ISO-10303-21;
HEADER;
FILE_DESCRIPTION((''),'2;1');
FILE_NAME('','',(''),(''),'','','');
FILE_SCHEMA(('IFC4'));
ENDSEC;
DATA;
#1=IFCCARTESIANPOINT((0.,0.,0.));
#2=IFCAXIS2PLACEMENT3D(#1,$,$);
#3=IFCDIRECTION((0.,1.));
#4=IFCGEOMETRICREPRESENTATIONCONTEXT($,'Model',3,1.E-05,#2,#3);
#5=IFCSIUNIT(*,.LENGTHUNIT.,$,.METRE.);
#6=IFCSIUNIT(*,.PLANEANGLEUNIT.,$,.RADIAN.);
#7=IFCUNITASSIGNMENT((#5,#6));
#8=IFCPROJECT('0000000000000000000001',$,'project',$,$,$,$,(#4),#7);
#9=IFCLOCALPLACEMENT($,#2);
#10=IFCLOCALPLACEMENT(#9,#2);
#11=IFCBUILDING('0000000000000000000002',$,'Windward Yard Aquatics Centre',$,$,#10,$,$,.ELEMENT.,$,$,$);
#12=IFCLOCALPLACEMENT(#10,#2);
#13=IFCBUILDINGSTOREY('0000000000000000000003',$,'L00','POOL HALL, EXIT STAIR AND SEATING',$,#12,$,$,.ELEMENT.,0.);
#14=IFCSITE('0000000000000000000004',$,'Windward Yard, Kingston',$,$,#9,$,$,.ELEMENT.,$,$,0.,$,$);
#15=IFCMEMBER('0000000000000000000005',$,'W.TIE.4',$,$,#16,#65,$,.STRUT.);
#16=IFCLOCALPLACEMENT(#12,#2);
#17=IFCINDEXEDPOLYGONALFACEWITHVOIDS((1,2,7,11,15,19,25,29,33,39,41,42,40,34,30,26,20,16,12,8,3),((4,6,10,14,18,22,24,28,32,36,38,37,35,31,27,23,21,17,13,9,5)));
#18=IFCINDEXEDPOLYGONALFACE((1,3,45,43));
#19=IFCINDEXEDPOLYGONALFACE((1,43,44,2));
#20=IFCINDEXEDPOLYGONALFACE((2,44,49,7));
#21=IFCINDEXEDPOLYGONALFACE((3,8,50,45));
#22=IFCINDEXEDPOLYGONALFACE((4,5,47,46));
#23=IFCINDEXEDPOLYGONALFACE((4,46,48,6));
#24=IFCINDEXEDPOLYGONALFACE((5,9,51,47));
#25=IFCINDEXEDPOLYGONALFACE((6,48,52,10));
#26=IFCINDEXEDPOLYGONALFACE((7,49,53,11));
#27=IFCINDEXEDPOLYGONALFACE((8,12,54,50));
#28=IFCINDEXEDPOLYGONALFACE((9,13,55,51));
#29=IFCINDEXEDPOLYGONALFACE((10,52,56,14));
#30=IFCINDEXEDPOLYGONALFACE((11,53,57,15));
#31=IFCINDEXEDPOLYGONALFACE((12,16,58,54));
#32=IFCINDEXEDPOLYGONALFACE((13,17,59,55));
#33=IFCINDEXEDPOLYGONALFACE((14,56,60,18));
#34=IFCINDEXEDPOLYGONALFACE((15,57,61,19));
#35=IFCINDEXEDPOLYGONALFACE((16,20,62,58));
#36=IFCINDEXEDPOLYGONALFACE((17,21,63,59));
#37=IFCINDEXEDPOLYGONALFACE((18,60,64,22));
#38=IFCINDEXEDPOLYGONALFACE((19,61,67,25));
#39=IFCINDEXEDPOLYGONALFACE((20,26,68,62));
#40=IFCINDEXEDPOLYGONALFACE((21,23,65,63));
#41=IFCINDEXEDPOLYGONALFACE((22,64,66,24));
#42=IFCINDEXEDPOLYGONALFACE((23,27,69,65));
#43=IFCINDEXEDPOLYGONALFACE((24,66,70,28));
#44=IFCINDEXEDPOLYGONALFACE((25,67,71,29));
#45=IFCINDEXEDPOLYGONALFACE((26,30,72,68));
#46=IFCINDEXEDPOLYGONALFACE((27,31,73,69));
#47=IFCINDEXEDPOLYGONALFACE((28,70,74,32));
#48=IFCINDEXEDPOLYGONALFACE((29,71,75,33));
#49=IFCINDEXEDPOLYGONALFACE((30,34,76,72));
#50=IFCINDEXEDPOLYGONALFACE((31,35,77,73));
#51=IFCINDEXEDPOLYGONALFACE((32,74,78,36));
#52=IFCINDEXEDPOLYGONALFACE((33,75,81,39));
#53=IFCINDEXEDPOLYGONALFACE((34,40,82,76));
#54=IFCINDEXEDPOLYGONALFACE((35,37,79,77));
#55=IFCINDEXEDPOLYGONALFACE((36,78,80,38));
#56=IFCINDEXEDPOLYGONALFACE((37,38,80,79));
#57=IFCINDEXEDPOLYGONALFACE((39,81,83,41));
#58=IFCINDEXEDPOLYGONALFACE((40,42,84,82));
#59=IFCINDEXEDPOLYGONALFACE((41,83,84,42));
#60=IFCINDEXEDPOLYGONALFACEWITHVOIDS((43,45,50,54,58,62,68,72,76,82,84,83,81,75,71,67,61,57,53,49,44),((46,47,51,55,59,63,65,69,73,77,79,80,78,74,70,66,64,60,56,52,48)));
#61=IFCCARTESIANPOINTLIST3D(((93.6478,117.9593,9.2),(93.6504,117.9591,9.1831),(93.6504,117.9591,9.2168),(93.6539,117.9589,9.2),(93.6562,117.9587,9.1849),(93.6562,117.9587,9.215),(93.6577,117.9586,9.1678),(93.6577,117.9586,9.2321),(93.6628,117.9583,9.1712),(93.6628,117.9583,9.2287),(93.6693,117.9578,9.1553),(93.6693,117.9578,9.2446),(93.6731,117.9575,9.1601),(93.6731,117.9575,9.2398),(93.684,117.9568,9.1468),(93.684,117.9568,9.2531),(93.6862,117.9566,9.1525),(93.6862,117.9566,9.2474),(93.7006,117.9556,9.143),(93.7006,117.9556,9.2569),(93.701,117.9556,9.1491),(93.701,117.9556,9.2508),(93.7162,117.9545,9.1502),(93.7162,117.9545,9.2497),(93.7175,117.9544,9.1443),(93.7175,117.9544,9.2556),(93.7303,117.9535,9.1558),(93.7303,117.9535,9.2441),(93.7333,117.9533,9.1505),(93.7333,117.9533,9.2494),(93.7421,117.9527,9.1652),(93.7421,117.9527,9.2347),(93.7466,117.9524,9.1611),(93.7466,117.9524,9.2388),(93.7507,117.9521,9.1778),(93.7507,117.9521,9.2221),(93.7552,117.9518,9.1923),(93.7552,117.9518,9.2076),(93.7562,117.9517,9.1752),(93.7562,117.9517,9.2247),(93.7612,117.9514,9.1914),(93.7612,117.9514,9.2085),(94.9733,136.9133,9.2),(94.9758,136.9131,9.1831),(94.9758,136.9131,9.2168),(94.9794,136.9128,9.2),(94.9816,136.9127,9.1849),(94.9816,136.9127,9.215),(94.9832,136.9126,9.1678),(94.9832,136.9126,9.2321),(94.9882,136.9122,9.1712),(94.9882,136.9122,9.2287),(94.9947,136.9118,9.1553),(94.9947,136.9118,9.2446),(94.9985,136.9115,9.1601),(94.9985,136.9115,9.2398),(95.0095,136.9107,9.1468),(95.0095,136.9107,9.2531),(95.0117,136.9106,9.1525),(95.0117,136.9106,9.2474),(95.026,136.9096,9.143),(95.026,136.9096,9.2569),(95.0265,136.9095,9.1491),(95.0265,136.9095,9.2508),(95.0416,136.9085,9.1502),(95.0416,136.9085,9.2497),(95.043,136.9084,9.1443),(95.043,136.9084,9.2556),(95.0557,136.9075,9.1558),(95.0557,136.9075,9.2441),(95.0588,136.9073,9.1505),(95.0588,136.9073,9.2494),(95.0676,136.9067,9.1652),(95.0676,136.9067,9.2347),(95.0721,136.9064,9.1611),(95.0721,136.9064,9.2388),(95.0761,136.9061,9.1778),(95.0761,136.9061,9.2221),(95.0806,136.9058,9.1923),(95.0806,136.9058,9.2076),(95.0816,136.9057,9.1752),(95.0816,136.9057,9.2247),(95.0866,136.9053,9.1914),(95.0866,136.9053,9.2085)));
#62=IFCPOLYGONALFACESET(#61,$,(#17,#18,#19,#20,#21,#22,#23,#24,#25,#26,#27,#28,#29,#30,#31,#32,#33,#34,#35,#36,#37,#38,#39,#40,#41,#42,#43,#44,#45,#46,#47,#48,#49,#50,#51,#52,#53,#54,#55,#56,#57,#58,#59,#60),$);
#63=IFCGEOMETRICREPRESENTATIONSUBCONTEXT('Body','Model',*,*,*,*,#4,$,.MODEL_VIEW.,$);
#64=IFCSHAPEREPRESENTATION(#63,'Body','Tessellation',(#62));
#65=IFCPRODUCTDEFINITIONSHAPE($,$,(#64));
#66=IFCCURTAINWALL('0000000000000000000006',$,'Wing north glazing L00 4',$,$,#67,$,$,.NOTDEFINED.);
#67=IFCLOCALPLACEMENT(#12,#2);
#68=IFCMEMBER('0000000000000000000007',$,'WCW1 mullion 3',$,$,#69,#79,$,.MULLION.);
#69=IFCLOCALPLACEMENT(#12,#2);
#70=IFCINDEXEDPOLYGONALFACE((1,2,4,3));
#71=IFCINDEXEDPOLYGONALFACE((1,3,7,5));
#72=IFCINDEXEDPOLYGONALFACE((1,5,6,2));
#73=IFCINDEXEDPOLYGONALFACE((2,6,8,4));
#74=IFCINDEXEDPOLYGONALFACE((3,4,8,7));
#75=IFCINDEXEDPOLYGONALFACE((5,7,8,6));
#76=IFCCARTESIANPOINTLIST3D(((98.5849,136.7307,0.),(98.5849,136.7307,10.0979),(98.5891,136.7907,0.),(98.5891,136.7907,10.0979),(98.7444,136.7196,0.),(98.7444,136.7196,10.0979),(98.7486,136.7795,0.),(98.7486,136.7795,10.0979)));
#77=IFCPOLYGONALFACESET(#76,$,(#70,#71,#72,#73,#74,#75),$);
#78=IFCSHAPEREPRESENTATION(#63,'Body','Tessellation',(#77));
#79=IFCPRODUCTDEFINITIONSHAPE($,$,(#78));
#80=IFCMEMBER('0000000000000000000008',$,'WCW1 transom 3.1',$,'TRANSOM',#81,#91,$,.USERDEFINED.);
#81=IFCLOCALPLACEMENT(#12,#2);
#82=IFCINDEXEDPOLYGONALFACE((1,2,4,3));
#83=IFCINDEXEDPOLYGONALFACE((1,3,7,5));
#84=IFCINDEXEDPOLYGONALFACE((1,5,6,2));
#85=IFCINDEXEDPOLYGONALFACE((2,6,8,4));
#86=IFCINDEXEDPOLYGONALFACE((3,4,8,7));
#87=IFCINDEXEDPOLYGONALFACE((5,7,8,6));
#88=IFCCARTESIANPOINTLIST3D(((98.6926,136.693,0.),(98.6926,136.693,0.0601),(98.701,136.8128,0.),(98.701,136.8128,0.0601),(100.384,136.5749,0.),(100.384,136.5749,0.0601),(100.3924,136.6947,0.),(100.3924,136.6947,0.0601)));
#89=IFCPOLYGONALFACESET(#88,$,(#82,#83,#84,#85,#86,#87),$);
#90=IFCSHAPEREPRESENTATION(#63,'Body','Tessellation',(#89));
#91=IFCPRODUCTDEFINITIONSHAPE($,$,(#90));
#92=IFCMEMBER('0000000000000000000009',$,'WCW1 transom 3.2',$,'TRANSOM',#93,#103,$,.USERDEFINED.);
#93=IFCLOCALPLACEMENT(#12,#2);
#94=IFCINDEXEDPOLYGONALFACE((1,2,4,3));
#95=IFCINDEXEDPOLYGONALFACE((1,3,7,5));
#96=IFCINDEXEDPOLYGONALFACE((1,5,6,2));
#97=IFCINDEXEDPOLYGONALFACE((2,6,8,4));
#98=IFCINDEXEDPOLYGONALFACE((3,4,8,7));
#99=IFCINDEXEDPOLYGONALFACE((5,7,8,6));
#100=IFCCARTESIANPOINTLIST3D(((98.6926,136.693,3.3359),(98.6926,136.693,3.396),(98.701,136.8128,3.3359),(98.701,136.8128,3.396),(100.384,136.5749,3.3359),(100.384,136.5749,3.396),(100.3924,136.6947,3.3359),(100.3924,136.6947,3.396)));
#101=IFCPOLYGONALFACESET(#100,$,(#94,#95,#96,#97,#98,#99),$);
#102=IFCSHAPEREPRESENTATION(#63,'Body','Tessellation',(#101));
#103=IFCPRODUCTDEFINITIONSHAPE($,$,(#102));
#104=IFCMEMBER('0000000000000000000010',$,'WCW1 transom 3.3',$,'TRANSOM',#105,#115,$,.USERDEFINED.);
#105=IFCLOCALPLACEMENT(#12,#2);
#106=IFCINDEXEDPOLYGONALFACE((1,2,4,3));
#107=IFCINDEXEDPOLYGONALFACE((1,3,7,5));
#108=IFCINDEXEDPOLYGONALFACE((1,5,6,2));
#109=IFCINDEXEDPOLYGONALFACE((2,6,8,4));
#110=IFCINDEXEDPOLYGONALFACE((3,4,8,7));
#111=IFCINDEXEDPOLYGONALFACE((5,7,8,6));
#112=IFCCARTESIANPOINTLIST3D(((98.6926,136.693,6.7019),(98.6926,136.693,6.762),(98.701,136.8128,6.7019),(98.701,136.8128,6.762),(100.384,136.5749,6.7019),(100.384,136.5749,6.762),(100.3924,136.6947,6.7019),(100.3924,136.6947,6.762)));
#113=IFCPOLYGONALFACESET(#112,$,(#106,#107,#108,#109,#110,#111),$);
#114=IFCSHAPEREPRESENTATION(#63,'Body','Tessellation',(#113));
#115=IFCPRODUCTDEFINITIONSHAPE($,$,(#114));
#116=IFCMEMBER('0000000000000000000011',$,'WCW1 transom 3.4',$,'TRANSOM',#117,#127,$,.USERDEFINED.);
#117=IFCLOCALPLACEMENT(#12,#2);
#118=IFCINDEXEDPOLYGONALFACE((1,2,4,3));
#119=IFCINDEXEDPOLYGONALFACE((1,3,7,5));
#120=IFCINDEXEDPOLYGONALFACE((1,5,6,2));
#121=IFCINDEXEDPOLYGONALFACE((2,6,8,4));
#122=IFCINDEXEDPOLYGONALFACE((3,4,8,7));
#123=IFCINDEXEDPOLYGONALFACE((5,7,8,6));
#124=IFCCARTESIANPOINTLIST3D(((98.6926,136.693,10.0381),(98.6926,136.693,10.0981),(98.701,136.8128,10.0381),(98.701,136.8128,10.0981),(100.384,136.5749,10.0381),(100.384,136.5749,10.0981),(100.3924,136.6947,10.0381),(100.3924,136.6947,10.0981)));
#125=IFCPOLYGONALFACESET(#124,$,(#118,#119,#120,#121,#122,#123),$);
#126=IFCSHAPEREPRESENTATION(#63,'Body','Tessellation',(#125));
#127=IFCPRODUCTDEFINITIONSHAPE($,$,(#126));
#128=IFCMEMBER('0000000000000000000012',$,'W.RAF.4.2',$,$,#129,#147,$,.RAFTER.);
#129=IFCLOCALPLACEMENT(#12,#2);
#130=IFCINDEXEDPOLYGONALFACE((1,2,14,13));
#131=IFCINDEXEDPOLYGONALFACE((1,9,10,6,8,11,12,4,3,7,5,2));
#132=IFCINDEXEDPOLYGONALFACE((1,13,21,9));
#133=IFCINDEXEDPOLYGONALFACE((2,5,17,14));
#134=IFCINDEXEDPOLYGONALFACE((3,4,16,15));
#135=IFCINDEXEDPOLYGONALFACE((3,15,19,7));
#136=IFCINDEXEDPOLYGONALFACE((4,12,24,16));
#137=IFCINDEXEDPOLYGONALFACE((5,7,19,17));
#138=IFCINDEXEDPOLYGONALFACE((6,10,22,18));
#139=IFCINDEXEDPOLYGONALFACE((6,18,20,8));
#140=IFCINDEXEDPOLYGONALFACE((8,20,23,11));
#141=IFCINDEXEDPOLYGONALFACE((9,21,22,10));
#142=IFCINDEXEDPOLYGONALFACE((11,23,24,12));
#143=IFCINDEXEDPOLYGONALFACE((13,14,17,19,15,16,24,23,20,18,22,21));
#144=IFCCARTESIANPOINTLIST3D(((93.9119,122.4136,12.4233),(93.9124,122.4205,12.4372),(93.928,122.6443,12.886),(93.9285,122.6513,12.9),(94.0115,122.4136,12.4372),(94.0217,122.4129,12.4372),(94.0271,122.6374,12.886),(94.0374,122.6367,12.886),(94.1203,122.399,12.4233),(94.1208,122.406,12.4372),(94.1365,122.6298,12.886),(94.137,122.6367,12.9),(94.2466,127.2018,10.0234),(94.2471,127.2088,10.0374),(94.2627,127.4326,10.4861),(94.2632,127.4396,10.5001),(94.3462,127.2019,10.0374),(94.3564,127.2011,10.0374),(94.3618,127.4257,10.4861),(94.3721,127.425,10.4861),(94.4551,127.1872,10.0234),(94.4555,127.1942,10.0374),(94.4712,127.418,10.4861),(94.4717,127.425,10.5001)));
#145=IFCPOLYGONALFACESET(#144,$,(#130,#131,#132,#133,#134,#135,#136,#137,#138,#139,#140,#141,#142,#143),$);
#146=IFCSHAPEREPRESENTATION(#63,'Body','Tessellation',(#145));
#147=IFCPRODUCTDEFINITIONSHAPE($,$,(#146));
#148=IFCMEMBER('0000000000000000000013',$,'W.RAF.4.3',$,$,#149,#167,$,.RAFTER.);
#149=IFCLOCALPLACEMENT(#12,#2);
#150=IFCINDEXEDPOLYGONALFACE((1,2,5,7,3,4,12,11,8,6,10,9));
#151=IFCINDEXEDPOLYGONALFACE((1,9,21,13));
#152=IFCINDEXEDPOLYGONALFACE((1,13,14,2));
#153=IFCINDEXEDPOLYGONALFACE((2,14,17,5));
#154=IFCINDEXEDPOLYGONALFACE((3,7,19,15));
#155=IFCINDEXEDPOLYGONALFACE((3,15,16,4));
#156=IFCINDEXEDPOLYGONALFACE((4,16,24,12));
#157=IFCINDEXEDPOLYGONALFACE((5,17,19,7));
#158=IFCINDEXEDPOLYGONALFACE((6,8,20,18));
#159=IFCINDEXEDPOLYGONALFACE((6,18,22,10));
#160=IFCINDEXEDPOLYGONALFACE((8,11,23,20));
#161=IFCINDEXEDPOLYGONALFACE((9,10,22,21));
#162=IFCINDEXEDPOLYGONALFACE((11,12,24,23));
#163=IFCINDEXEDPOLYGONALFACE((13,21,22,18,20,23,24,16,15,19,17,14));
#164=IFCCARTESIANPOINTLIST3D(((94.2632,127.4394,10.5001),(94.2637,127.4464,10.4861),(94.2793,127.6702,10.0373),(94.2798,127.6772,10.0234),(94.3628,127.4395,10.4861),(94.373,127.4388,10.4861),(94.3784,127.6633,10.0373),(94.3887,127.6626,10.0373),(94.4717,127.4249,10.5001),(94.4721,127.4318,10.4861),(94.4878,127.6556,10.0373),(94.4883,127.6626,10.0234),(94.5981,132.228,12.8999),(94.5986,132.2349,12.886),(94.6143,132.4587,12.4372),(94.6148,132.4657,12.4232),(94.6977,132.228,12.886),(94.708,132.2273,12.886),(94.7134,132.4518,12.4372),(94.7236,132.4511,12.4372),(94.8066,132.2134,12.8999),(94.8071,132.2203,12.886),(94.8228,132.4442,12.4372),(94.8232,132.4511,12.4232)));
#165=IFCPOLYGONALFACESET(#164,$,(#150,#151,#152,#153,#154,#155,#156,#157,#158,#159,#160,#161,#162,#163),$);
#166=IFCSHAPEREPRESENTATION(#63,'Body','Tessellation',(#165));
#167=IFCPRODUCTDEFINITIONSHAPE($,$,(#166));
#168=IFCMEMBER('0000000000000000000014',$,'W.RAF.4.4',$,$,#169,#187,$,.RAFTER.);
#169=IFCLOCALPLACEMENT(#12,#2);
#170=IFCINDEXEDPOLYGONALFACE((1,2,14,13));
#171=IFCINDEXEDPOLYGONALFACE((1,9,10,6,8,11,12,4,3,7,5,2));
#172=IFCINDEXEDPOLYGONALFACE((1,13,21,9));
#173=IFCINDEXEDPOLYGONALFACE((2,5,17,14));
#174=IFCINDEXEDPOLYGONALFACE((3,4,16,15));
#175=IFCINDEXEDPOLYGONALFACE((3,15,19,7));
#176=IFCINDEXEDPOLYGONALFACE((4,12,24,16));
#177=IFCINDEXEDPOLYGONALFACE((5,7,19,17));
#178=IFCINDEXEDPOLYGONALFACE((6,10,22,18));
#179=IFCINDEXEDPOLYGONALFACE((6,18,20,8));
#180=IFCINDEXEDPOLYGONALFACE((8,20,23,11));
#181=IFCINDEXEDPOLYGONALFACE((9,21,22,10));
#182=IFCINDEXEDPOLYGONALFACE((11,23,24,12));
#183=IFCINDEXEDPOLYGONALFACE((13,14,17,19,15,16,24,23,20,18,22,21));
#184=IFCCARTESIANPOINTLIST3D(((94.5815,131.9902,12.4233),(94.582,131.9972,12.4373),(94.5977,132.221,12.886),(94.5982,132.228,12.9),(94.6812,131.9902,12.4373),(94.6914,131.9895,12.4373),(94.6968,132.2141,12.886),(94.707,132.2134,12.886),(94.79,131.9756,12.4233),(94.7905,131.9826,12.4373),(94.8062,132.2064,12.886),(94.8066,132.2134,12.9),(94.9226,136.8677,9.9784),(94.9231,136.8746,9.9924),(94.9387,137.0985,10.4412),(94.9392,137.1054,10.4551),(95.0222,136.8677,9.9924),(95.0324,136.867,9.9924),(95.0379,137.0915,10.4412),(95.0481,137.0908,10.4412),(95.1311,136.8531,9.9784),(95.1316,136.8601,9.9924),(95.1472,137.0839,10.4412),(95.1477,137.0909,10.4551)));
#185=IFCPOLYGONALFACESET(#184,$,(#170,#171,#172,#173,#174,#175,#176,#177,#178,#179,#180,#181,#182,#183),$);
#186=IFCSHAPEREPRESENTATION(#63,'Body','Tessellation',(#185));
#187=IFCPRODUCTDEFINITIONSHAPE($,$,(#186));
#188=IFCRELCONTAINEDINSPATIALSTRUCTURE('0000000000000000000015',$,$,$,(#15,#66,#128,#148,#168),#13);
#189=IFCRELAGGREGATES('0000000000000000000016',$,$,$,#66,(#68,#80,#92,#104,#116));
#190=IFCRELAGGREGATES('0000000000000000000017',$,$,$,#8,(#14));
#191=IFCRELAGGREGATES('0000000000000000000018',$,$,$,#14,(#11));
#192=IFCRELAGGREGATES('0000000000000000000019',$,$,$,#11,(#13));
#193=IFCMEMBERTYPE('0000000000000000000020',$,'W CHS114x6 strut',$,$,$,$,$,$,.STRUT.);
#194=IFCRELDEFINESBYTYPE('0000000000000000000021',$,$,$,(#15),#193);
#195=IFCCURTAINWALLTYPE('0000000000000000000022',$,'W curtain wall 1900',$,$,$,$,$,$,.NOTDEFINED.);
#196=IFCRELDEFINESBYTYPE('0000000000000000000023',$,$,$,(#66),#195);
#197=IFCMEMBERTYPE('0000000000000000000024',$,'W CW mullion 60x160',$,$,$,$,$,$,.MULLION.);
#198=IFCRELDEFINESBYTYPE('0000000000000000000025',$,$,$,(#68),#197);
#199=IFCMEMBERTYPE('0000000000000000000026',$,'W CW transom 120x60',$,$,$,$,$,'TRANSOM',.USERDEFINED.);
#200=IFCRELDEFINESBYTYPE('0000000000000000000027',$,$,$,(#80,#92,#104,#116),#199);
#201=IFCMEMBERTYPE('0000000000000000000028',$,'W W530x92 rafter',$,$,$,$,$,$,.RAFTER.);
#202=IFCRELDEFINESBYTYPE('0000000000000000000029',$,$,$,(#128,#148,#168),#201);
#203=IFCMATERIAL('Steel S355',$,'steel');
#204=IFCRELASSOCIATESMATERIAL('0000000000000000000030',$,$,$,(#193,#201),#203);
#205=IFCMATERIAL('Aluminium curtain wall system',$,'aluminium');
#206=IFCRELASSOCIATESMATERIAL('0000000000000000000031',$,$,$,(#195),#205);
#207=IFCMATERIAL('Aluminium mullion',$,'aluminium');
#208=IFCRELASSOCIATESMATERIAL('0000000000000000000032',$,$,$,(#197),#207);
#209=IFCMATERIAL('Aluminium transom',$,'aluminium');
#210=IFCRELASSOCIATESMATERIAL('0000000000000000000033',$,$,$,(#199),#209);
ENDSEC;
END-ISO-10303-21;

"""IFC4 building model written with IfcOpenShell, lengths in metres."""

from ifc_helpers import new_model, si_unit, direction, frame, origin, origin_2d, place, context, subcontext, project, spatial, rectangle, hollow_circle, i_section, extrude, material, material_profile, profile_set, type_object, element, aggregate, save


model = new_model("IFC4")

# Units and contexts
model_context = context("Model", 3, precision=1e-05, world=origin(), true_north=direction((0.0, 1.0)))
body_context = subcontext(model_context, "Body", "Model", "MODEL_VIEW")
ifc_project = project(units=[si_unit("LENGTHUNIT", "METRE"), si_unit("PLANEANGLEUNIT", "RADIAN")], contexts=[model_context])

# Site, building, storey
site_placement = place(None, origin())
site = spatial("IfcSite", under=ifc_project, at=site_placement, Name="Windward Yard, Kingston", CompositionType="ELEMENT", RefElevation=0.0)
building_placement = place(site_placement, origin())
building = spatial("IfcBuilding", under=site, at=building_placement, Name="Windward Yard Aquatics Centre", CompositionType="ELEMENT")
storey_placement = place(building_placement, origin())
storey = spatial("IfcBuildingStorey", under=building, at=storey_placement, Name="L00", Description="POOL HALL, EXIT STAIR AND SEATING", CompositionType="ELEMENT", Elevation=0.0)

# Member
ifc_material_1 = material(Name="Steel S355", Category="steel")
ifc_material_profile_1 = material_profile(ifc_material_1, hollow_circle(Radius=0.0571, WallThickness=0.0061, at=origin_2d()), Name="CHS114x6")
ifc_profile_set_1 = profile_set([ifc_material_profile_1], Name="Steel S355")
member_type_1 = type_object("IfcMemberType", Name="W CHS114x6 strut", PredefinedType="STRUT", material=ifc_profile_set_1)
member_1_placement = place(storey_placement, frame((93.7048, 117.9553, 9.2), z_axis=(0.069759, 0.997564, 0.0), x_axis=(-0.997564, 0.069759, 0.0)))
element("IfcMember", 1, at=member_1_placement, inside=storey, type_object=member_type_1, Name="W.TIE.4", PredefinedType="STRUT", context=body_context, shape_type="SweptSolid", body=[
    extrude(hollow_circle(Radius=0.0571, WallThickness=0.0061, at=origin_2d()), origin(), (0.0, 0.0, 1.0), 19.0002),
])

# Curtain wall, members
ifc_material_2 = material(Name="Aluminium curtain wall system", Category="aluminium")
curtain_wall_type = type_object("IfcCurtainWallType", Name="W curtain wall 1900", PredefinedType="NOTDEFINED", material=ifc_material_2)
curtain_wall_placement = place(storey_placement, origin())
curtain_wall = element("IfcCurtainWall", 2, at=curtain_wall_placement, inside=storey, type_object=curtain_wall_type, Name="Wing north glazing L00 4", PredefinedType="NOTDEFINED")
ifc_material_3 = material(Name="Aluminium mullion", Category="aluminium")
ifc_material_profile_2 = material_profile(ifc_material_3, rectangle(XDim=0.0601, YDim=0.1599, at=origin_2d()), Name="AL 60x160")
ifc_profile_set_2 = profile_set([ifc_material_profile_2], Name="Aluminium mullion")
member_type_2 = type_object("IfcMemberType", Name="W CW mullion 60x160", PredefinedType="MULLION", material=ifc_profile_set_2)
member_2_placement = place(storey_placement, frame((98.6667, 136.7551, 0.0), z_axis=(0.0, 0.0, 1.0), x_axis=(0.069756, 0.997564, 0.0)))
member_2 = element("IfcMember", 3, at=member_2_placement, type_object=member_type_2, Name="WCW1 mullion 3", PredefinedType="MULLION", context=body_context, shape_type="SweptSolid", body=[
    extrude(rectangle(XDim=0.0601, YDim=0.1599, at=origin_2d()), origin(), (0.0, 0.0, 1.0), 10.0979),
])
ifc_material_4 = material(Name="Aluminium transom", Category="aluminium")
ifc_material_profile_3 = material_profile(ifc_material_4, rectangle(XDim=0.1201, YDim=0.0601, at=origin_2d()), Name="AL 120x60")
ifc_profile_set_3 = profile_set([ifc_material_profile_3], Name="Aluminium transom")
member_type_3 = type_object("IfcMemberType", Name="W CW transom 120x60", ElementType="TRANSOM", PredefinedType="USERDEFINED", material=ifc_profile_set_3)
member_3_placement = place(storey_placement, frame((98.6968, 136.7529, 0.03), z_axis=(0.997569, -0.069692, 0.0), x_axis=(0.069692, 0.997569, 0.0)))
member_3 = element("IfcMember", 4, at=member_3_placement, type_object=member_type_3, Name="WCW1 transom 3.1", ObjectType="TRANSOM", PredefinedType="USERDEFINED", context=body_context, shape_type="SweptSolid", body=[
    extrude(rectangle(XDim=0.1201, YDim=0.0601, at=origin_2d()), origin(), (0.0, 0.0, 1.0), 1.6956),
])
member_4_placement = place(storey_placement, frame((98.6968, 136.7529, 3.366), z_axis=(0.997569, -0.069692, 0.0), x_axis=(0.069692, 0.997569, 0.0)))
member_4 = element("IfcMember", 5, at=member_4_placement, type_object=member_type_3, Name="WCW1 transom 3.2", ObjectType="TRANSOM", PredefinedType="USERDEFINED", context=body_context, shape_type="SweptSolid", body=[
    extrude(rectangle(XDim=0.1201, YDim=0.0601, at=origin_2d()), origin(), (0.0, 0.0, 1.0), 1.6956),
])
member_5_placement = place(storey_placement, frame((98.6968, 136.7529, 6.7319), z_axis=(0.997569, -0.069692, 0.0), x_axis=(0.069692, 0.997569, 0.0)))
member_5 = element("IfcMember", 6, at=member_5_placement, type_object=member_type_3, Name="WCW1 transom 3.3", ObjectType="TRANSOM", PredefinedType="USERDEFINED", context=body_context, shape_type="SweptSolid", body=[
    extrude(rectangle(XDim=0.1201, YDim=0.0601, at=origin_2d()), origin(), (0.0, 0.0, 1.0), 1.6956),
])
member_6_placement = place(storey_placement, frame((98.6968, 136.7529, 10.0681), z_axis=(0.997569, -0.069692, 0.0), x_axis=(0.069692, 0.997569, 0.0)))
member_6 = element("IfcMember", 7, at=member_6_placement, type_object=member_type_3, Name="WCW1 transom 3.4", ObjectType="TRANSOM", PredefinedType="USERDEFINED", context=body_context, shape_type="SweptSolid", body=[
    extrude(rectangle(XDim=0.1201, YDim=0.0601, at=origin_2d()), origin(), (0.0, 0.0, 1.0), 1.6956),
])
aggregate(curtain_wall, [member_2, member_3, member_4, member_5, member_6])

# Members
ifc_material_profile_4 = material_profile(ifc_material_1, i_section(OverallWidth=0.209, OverallDepth=0.533, WebThickness=0.0103, FlangeThickness=0.0156, at=origin_2d()), Name="W530x92")
ifc_profile_set_4 = profile_set([ifc_material_profile_4], Name="Steel S355")
member_type_4 = type_object("IfcMemberType", Name="W W530x92 rafter", PredefinedType="RAFTER", material=ifc_profile_set_4)
member_7_placement = place(storey_placement, frame((94.0244, 122.5251, 12.6616), z_axis=(0.062371, 0.892258, -0.447198), x_axis=(-0.997566, 0.069732, 0.0)))
element("IfcMember", 8, at=member_7_placement, inside=storey, type_object=member_type_4, Name="W.RAF.4.2", PredefinedType="RAFTER", context=body_context, shape_type="SweptSolid", body=[
    extrude(i_section(OverallWidth=0.209, OverallDepth=0.533, WebThickness=0.0103, FlangeThickness=0.0156, at=origin_2d()), origin(), (0.0, 0.0, 1.0), 5.3665),
])
member_8_placement = place(storey_placement, frame((94.3757, 127.551, 10.2617), z_axis=(0.062414, 0.892264, 0.447179), x_axis=(-0.997562, 0.06978, 0.0)))
element("IfcMember", 9, at=member_8_placement, inside=storey, type_object=member_type_4, Name="W.RAF.4.3", PredefinedType="RAFTER", context=body_context, shape_type="SweptSolid", body=[
    extrude(i_section(OverallWidth=0.209, OverallDepth=0.533, WebThickness=0.0103, FlangeThickness=0.0156, at=origin_2d()), origin(), (0.0, 0.0, 1.0), 5.3667),
])
member_9_placement = place(storey_placement, frame((94.6941, 132.1018, 12.6616), z_axis=(0.062391, 0.892238, -0.447235), x_axis=(-0.997564, 0.069757, 0.0)))
element("IfcMember", 10, at=member_9_placement, inside=storey, type_object=member_type_4, Name="W.RAF.4.4", PredefinedType="RAFTER", context=body_context, shape_type="SweptSolid", body=[
    extrude(i_section(OverallWidth=0.209, OverallDepth=0.533, WebThickness=0.0103, FlangeThickness=0.0156, at=origin_2d()), origin(), (0.0, 0.0, 1.0), 5.4666),
])

save(model, "model.ifc")
